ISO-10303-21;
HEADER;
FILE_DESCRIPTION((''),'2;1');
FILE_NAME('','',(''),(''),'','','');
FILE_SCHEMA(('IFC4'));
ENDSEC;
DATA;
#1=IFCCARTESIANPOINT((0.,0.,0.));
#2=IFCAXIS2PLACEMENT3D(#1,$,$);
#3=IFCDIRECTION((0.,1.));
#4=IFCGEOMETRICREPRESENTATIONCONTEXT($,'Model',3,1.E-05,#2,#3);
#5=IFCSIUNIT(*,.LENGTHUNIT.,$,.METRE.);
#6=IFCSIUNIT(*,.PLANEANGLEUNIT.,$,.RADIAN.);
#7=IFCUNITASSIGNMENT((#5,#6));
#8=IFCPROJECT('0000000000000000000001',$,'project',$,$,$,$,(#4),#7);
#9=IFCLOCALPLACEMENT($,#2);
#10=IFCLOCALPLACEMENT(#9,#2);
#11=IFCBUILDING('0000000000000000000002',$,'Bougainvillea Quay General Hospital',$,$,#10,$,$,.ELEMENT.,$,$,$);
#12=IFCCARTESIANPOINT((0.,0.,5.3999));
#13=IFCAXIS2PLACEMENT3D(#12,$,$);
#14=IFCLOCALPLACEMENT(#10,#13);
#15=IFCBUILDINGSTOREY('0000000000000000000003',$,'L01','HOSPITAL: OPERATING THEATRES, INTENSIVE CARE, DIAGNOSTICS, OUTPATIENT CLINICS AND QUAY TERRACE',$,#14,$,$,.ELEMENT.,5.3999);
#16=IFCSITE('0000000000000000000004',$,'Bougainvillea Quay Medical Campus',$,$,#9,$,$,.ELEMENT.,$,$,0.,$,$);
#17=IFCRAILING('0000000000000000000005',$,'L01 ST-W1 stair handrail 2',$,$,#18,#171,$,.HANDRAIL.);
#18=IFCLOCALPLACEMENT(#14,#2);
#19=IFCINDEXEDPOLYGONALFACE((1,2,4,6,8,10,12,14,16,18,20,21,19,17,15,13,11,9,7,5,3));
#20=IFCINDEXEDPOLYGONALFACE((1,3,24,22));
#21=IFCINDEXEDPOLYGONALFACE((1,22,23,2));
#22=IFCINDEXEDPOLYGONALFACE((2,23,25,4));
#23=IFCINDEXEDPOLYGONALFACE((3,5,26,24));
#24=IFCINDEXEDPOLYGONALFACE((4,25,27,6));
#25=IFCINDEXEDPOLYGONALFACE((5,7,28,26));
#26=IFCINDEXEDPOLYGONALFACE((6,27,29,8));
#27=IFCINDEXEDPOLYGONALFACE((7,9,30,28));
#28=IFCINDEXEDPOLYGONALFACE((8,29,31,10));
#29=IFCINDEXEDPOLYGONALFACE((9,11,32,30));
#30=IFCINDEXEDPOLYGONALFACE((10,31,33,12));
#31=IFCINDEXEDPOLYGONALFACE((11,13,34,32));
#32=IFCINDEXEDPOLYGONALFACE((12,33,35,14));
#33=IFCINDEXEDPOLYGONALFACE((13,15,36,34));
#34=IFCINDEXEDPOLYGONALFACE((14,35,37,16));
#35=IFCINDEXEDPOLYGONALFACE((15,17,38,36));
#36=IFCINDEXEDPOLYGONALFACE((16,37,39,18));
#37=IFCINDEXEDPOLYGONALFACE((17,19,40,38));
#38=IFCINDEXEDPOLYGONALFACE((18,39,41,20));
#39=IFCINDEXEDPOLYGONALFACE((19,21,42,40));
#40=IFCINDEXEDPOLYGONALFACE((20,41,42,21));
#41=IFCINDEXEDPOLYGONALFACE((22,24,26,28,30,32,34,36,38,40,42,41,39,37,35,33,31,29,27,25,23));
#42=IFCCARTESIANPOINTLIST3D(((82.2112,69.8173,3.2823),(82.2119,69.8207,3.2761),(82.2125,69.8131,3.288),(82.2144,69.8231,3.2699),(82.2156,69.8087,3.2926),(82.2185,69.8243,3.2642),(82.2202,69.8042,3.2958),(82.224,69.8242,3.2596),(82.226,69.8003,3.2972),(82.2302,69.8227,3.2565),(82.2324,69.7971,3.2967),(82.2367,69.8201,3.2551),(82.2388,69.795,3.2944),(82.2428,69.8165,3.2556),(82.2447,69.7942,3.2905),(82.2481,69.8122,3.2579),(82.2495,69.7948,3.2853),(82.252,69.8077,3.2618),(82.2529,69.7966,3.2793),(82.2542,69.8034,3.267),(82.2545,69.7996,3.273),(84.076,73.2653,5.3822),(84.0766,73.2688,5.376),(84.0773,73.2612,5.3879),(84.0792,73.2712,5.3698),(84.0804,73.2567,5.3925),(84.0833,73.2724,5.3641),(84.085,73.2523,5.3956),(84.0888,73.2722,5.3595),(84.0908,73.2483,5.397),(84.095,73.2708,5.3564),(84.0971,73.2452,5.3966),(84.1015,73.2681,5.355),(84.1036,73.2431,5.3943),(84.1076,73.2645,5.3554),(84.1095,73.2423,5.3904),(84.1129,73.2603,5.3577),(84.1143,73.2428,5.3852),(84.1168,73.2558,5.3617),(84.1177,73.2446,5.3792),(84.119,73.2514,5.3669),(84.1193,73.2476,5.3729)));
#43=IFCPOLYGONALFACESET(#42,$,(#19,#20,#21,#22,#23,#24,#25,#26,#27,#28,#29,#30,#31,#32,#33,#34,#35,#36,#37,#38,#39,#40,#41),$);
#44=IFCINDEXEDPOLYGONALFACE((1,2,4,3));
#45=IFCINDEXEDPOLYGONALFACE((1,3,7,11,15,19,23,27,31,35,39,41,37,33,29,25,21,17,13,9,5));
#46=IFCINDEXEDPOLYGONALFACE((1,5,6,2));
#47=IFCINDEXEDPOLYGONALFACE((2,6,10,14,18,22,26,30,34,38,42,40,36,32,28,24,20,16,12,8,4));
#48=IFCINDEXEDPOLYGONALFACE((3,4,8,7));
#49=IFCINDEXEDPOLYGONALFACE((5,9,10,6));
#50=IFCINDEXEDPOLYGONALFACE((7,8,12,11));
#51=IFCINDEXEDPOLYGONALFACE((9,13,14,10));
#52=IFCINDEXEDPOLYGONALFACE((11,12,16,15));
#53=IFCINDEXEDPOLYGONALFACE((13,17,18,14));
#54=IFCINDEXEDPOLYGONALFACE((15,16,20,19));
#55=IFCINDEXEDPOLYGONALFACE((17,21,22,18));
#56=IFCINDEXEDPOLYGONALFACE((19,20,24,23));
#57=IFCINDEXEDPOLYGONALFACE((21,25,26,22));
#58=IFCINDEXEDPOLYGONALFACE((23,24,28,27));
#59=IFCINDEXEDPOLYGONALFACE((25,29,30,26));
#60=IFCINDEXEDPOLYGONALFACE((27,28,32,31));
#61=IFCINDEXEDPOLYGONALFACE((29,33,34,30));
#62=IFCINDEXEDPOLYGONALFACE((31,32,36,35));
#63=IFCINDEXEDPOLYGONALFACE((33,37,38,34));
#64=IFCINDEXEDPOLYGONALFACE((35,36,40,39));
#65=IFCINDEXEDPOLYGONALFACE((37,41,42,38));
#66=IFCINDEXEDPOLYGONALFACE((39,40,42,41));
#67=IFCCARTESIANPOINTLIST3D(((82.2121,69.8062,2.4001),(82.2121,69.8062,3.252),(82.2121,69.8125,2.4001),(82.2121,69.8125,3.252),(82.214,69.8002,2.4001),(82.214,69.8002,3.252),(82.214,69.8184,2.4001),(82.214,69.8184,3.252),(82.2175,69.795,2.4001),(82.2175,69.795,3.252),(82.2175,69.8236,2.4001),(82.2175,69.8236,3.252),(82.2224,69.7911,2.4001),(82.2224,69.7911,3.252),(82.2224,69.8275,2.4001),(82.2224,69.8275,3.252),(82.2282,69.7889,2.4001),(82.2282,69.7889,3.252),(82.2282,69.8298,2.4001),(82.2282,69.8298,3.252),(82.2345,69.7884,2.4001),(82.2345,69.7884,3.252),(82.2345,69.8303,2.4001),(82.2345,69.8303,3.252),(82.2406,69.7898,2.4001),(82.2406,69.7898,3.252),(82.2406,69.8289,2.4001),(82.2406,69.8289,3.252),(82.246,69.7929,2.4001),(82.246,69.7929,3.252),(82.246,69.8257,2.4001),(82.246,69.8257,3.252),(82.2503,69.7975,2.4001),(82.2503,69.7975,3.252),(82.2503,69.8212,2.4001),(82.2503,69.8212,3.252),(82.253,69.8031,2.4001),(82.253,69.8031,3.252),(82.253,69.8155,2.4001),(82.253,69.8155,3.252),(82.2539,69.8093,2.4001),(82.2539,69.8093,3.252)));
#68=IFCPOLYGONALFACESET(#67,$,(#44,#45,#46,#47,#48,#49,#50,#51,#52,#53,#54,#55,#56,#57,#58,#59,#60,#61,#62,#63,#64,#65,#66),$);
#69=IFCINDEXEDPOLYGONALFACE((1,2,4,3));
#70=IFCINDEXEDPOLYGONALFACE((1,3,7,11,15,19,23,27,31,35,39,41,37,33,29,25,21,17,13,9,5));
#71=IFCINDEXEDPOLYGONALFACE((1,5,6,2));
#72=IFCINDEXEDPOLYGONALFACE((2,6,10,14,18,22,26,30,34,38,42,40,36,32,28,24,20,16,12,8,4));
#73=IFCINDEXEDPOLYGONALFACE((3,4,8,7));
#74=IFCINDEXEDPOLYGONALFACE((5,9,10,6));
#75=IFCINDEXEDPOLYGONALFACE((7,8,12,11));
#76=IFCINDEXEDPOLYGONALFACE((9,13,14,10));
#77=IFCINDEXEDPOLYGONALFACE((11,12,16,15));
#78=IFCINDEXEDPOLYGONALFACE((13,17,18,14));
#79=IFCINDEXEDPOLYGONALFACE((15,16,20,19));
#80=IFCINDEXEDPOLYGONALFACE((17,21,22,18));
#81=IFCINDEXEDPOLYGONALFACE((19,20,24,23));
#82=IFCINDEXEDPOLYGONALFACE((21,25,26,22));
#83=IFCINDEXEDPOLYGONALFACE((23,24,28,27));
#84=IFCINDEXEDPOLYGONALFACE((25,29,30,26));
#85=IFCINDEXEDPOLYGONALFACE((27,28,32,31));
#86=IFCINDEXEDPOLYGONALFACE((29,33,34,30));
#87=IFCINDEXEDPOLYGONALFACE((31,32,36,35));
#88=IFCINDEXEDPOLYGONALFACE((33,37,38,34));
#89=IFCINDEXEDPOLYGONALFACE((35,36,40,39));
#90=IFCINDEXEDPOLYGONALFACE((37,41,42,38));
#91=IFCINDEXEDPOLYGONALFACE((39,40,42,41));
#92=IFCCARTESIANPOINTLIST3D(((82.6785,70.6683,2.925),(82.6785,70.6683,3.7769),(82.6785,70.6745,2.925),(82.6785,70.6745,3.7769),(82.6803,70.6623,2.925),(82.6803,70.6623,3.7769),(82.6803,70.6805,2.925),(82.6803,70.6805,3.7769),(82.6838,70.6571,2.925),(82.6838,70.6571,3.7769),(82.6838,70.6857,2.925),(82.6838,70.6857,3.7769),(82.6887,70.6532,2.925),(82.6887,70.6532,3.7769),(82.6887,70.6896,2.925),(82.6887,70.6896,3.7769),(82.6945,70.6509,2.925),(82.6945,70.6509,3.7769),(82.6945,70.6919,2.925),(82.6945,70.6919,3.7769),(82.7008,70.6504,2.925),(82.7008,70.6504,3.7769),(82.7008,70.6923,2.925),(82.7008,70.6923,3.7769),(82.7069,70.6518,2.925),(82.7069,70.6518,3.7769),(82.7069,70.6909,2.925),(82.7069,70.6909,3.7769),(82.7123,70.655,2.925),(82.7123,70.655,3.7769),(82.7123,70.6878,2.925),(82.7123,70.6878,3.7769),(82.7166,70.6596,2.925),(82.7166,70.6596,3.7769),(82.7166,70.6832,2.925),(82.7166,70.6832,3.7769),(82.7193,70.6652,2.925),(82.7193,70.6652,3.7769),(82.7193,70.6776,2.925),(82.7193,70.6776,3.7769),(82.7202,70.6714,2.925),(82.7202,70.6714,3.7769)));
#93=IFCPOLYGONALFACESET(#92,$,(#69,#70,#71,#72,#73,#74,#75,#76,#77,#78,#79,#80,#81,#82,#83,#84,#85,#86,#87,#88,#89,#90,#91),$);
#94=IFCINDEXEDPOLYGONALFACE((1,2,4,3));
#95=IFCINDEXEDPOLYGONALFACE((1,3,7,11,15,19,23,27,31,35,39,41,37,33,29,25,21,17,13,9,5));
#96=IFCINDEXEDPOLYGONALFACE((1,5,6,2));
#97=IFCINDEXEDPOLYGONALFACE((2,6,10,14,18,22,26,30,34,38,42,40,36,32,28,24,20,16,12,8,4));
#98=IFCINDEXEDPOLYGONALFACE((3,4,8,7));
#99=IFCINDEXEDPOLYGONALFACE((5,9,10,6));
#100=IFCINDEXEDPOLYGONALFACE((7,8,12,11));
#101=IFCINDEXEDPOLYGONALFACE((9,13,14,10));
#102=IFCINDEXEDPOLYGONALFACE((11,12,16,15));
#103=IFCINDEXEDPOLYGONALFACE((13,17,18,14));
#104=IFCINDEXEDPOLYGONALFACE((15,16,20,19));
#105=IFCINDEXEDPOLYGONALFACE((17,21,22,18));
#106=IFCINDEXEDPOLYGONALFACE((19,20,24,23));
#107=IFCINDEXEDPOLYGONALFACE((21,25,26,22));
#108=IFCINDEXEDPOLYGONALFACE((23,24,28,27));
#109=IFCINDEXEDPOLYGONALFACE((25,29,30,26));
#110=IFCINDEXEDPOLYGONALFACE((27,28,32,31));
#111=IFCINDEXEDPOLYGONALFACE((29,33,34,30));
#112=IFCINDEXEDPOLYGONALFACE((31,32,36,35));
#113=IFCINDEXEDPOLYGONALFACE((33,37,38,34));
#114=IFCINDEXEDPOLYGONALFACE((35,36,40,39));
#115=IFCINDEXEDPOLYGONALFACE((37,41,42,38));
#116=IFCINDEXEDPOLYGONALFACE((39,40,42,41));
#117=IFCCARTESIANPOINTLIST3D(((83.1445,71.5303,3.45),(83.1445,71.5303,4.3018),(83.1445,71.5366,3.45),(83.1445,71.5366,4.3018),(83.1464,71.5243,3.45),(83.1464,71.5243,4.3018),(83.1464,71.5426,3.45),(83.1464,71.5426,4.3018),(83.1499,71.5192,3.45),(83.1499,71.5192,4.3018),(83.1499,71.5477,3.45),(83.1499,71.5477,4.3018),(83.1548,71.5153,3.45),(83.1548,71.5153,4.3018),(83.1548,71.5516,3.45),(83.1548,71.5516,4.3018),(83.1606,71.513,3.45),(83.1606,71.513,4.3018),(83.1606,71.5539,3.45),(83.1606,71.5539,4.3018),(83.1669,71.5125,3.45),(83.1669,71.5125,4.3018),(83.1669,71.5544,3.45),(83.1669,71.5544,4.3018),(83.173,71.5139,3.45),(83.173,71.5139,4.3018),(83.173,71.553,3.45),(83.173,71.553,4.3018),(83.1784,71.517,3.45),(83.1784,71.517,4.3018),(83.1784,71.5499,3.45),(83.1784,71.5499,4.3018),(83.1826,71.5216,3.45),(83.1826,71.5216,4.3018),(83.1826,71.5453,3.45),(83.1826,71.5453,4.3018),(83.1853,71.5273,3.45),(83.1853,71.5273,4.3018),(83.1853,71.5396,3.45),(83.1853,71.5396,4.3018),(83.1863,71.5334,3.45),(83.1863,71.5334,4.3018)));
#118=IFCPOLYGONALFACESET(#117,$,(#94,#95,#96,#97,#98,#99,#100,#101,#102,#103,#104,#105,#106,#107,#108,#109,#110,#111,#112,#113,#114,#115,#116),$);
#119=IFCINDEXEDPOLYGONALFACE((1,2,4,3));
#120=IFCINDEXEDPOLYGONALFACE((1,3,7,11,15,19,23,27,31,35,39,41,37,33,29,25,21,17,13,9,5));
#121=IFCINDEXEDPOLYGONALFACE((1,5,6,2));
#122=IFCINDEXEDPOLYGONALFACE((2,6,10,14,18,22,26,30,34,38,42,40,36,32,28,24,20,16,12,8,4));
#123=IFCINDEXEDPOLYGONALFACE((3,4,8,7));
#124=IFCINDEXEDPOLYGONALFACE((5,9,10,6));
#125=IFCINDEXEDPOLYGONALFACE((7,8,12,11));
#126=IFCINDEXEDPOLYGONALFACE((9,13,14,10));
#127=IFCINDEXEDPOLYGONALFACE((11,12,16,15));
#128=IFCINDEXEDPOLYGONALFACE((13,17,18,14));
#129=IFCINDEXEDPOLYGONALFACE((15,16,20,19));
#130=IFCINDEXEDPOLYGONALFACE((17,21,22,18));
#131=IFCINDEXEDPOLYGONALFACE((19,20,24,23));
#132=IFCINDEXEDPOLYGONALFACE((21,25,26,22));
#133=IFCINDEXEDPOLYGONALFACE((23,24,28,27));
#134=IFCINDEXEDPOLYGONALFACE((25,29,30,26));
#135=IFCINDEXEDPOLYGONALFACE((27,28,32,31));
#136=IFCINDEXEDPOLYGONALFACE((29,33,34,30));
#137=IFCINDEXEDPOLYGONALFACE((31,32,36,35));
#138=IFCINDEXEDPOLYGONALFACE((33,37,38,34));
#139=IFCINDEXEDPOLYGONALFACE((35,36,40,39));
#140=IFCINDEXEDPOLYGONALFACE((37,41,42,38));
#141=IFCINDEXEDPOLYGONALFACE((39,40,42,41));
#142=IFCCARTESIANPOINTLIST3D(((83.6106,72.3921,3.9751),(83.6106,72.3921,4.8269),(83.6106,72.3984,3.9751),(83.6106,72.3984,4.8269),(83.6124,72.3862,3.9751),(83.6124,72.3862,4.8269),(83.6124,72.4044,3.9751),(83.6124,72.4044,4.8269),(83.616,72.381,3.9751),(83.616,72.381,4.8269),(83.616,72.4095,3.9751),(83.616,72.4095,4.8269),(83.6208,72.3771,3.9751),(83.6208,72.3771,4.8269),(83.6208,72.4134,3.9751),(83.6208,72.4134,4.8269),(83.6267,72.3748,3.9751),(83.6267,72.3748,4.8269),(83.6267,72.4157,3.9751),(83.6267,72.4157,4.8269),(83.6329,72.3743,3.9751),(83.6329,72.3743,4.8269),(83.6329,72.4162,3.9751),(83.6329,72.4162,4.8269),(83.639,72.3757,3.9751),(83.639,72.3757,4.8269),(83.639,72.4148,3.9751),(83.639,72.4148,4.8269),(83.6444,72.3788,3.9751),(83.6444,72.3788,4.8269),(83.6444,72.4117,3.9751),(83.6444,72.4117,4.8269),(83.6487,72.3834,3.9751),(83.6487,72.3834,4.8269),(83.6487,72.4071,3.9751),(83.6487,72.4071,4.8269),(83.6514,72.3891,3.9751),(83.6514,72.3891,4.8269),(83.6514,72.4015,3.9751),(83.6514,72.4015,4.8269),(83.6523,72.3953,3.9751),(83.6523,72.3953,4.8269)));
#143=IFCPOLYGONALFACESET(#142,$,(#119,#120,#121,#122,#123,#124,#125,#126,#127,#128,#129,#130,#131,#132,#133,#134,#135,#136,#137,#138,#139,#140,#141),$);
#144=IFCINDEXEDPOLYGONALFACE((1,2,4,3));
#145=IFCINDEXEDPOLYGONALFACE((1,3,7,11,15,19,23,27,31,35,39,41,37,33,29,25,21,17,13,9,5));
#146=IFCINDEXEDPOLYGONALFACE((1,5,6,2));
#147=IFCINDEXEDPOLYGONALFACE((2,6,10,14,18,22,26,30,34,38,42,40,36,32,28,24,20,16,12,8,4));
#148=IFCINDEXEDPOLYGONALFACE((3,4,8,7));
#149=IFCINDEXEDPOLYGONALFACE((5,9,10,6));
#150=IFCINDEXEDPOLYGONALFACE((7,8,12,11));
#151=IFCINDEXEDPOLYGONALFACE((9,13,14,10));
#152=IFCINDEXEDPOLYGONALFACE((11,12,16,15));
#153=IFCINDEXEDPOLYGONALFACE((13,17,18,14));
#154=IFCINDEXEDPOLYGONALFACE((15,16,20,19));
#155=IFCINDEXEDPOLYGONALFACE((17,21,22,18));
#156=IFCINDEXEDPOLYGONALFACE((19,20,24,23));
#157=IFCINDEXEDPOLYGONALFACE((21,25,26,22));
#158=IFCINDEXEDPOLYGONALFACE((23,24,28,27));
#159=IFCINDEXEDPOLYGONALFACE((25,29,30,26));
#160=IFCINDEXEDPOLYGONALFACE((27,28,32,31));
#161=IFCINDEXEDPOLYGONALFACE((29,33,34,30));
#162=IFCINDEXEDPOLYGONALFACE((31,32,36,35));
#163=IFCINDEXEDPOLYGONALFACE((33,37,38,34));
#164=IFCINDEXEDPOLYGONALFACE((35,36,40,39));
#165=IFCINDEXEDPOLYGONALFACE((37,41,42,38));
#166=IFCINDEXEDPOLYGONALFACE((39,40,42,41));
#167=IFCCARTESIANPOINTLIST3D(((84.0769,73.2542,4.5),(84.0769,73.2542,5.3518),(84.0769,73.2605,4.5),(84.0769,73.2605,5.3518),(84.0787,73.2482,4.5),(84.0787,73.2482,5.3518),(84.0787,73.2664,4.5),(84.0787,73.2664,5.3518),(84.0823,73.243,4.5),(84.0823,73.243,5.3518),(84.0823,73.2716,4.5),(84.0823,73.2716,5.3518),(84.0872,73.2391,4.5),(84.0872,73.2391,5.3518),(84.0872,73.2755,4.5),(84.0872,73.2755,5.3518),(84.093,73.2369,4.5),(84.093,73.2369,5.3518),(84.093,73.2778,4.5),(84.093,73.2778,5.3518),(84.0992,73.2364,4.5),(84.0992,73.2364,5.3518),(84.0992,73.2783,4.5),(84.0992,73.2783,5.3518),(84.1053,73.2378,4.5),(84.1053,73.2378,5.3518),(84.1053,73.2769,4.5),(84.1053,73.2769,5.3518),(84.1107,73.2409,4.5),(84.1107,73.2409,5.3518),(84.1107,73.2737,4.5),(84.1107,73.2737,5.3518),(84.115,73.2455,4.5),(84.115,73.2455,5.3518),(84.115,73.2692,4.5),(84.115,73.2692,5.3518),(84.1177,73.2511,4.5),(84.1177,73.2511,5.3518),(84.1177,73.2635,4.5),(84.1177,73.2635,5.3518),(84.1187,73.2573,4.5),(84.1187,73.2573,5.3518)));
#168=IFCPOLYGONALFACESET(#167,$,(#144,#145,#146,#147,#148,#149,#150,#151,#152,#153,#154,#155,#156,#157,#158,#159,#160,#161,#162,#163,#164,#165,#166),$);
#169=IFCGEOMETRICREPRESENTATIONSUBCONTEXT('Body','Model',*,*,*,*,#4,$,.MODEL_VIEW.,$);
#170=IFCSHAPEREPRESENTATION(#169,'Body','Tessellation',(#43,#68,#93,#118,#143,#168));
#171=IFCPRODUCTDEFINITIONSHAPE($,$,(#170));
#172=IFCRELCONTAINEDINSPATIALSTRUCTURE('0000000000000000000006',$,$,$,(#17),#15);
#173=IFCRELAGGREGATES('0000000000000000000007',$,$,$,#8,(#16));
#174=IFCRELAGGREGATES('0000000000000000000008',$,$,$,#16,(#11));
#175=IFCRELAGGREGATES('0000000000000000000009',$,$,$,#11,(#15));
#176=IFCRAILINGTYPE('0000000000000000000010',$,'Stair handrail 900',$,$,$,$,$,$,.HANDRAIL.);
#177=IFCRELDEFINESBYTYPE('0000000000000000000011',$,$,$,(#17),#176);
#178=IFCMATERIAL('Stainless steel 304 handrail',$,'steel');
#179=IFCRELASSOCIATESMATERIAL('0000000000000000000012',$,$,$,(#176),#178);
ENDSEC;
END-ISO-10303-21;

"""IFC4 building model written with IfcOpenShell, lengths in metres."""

from ifc_helpers import new_model, si_unit, direction, frame, origin, origin_2d, place, context, subcontext, project, spatial, circle, extrude, material, type_object, element, save


model = new_model("IFC4")

# Units and contexts
model_context = context("Model", 3, precision=1e-05, world=origin(), true_north=direction((0.0, 1.0)))
body_context = subcontext(model_context, "Body", "Model", "MODEL_VIEW")
ifc_project = project(units=[si_unit("LENGTHUNIT", "METRE"), si_unit("PLANEANGLEUNIT", "RADIAN")], contexts=[model_context])

# Site, building, storey
site_placement = place(None, origin())
site = spatial("IfcSite", under=ifc_project, at=site_placement, Name="Bougainvillea Quay Medical Campus", CompositionType="ELEMENT", RefElevation=0.0)
building_placement = place(site_placement, origin())
building = spatial("IfcBuilding", under=site, at=building_placement, Name="Bougainvillea Quay General Hospital", CompositionType="ELEMENT")
storey_placement = place(building_placement, frame((0.0, 0.0, 5.3999)))
storey = spatial("IfcBuildingStorey", under=building, at=storey_placement, Name="L01", Description="HOSPITAL: OPERATING THEATRES, INTENSIVE CARE, DIAGNOSTICS, OUTPATIENT CLINICS AND QUAY TERRACE", CompositionType="ELEMENT", Elevation=5.3999)

# Railing
ifc_material_1 = material(Name="Stainless steel 304 handrail", Category="steel")
railing_type = type_object("IfcRailingType", Name="Stair handrail 900", PredefinedType="HANDRAIL", material=ifc_material_1)
railing_placement = place(storey_placement, frame((82.2329, 69.8093, 2.4001)))
element("IfcRailing", 1, at=railing_placement, inside=storey, type_object=railing_type, Name="L01 ST-W1 stair handrail 2", PredefinedType="HANDRAIL", context=body_context, shape_type="SweptSolid", body=[
    extrude(circle(Radius=0.0239, at=origin_2d()), frame((0.0, 0.0, 0.876), z_axis=(0.419332, 0.775363, 0.472201), x_axis=(-0.879604, 0.475707, 0.0)), (0.0, 0.0, 1.0), 4.447),
    extrude(circle(Radius=0.021, at=origin_2d()), origin(), (0.0, 0.0, 1.0), 0.8518),
    extrude(circle(Radius=0.021, at=origin_2d()), frame((0.4663, 0.8621, 0.5249)), (0.0, 0.0, 1.0), 0.8518),
    extrude(circle(Radius=0.021, at=origin_2d()), frame((0.9324, 1.7241, 1.0498)), (0.0, 0.0, 1.0), 0.8518),
    extrude(circle(Radius=0.021, at=origin_2d()), frame((1.3984, 2.5859, 1.575)), (0.0, 0.0, 1.0), 0.8518),
    extrude(circle(Radius=0.021, at=origin_2d()), frame((1.8647, 3.448, 2.0999)), (0.0, 0.0, 1.0), 0.8518),
])

save(model, "model.ifc")
